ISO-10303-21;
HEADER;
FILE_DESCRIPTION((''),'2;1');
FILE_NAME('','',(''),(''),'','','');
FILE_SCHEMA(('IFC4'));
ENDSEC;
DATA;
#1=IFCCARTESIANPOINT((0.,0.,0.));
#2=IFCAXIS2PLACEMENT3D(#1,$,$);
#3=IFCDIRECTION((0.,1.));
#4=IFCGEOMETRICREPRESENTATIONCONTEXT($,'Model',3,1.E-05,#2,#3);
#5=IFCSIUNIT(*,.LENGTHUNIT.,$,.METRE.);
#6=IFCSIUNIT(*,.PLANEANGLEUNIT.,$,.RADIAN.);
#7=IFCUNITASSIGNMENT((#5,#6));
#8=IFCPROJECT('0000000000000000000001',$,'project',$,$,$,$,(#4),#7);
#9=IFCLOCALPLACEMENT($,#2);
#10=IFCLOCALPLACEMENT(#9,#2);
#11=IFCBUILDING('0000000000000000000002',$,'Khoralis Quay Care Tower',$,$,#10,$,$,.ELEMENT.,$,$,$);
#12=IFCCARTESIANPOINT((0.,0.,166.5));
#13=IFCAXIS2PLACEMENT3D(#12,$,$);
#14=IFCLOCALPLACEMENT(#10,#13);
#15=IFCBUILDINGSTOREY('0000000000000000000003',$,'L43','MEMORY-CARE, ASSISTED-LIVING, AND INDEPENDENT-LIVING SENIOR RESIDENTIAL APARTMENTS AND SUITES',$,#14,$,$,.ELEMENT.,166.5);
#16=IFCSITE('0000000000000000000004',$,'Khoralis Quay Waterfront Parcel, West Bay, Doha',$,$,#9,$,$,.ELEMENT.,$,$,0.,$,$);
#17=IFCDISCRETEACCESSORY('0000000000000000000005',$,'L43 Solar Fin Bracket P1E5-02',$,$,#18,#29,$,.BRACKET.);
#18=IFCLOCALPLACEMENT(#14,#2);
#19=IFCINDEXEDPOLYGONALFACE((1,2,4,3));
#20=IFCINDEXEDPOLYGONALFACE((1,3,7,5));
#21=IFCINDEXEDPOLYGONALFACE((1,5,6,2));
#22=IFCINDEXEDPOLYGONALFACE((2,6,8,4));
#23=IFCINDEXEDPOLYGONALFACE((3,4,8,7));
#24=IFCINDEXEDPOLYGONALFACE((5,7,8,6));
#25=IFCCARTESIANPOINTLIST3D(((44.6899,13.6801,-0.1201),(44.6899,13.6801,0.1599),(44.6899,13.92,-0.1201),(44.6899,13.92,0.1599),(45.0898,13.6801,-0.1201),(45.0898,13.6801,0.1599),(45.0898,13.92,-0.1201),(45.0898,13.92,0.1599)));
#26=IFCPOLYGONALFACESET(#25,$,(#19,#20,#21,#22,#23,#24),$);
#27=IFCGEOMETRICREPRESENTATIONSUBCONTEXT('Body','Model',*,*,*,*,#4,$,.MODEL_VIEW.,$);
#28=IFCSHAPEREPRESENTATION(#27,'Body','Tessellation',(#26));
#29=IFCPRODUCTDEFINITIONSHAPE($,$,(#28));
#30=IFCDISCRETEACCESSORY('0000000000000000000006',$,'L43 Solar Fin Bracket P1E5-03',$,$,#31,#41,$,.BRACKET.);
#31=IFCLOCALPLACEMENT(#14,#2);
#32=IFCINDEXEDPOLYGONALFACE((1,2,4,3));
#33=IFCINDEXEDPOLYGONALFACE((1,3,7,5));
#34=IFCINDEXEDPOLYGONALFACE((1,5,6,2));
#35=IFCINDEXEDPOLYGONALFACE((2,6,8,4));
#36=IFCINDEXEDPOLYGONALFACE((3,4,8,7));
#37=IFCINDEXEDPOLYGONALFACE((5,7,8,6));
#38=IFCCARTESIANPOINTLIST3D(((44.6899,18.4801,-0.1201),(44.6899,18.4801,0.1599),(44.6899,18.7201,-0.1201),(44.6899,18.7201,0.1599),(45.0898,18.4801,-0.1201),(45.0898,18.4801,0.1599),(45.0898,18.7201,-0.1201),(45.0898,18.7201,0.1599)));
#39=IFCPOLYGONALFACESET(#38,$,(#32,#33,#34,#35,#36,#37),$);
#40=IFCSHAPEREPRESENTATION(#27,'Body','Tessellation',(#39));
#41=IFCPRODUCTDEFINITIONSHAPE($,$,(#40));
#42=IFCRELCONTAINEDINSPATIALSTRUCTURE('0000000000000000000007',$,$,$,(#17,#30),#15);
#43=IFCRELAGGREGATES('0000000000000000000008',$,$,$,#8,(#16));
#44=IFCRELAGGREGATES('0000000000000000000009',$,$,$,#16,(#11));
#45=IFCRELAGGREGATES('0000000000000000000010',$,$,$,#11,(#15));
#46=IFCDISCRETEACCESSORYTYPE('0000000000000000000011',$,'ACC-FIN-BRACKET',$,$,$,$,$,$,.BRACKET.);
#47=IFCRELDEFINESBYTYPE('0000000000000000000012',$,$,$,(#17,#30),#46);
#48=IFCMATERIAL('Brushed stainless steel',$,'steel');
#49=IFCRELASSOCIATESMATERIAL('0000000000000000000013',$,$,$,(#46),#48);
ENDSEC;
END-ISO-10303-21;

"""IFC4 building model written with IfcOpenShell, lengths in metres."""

from ifc_helpers import new_model, si_unit, direction, frame, origin, origin_2d, place, context, subcontext, project, spatial, rectangle, extrude, source, transform, mapped, material, type_object, element, save


model = new_model("IFC4")

# Units and contexts
model_context = context("Model", 3, precision=1e-05, world=origin(), true_north=direction((0.0, 1.0)))
body_context = subcontext(model_context, "Body", "Model", "MODEL_VIEW")
ifc_project = project(units=[si_unit("LENGTHUNIT", "METRE"), si_unit("PLANEANGLEUNIT", "RADIAN")], contexts=[model_context])

# Site, building, storey
site_placement = place(None, origin())
site = spatial("IfcSite", under=ifc_project, at=site_placement, Name="Khoralis Quay Waterfront Parcel, West Bay, Doha", CompositionType="ELEMENT", RefElevation=0.0)
building_placement = place(site_placement, origin())
building = spatial("IfcBuilding", under=site, at=building_placement, Name="Khoralis Quay Care Tower", CompositionType="ELEMENT")
storey_placement = place(building_placement, frame((0.0, 0.0, 166.5)))
storey = spatial("IfcBuildingStorey", under=building, at=storey_placement, Name="L43", Description="MEMORY-CARE, ASSISTED-LIVING, AND INDEPENDENT-LIVING SENIOR RESIDENTIAL APARTMENTS AND SUITES", CompositionType="ELEMENT", Elevation=166.5)

# Shared definitions
ifc_material_1 = material(Name="Brushed stainless steel", Category="steel")

# Discrete accessories
discrete_accessory_type = type_object("IfcDiscreteAccessoryType", Name="ACC-FIN-BRACKET", PredefinedType="BRACKET", material=ifc_material_1)
shared_shape_1 = source(origin(), body_context, "Body", "SweptSolid", [
    extrude(rectangle(XDim=0.3999, YDim=0.24, at=origin_2d()), origin(), (0.0, 0.0, 1.0), 0.28),
])
for number, where, z_axis, x_axis, name in (
    (1, (44.8899, 13.8, -0.1201), (0.0, 0.0, 1.0), (1.0, 0.0, 0.0), "L43 Solar Fin Bracket P1E5-02"),
    (2, (44.8899, 18.6001, -0.1201), (0.0, 0.0, 1.0), (1.0, 0.0, 0.0), "L43 Solar Fin Bracket P1E5-03"),
):
    element("IfcDiscreteAccessory", number, at=place(storey_placement, frame(where, z_axis=z_axis, x_axis=x_axis)), inside=storey, type_object=discrete_accessory_type, Name=name, PredefinedType="BRACKET", context=body_context, shape_type="MappedRepresentation", body=[
        mapped(shared_shape_1, transform((0.0, 0.0, 0.0), scale=1.0)),
    ])

save(model, "model.ifc")
